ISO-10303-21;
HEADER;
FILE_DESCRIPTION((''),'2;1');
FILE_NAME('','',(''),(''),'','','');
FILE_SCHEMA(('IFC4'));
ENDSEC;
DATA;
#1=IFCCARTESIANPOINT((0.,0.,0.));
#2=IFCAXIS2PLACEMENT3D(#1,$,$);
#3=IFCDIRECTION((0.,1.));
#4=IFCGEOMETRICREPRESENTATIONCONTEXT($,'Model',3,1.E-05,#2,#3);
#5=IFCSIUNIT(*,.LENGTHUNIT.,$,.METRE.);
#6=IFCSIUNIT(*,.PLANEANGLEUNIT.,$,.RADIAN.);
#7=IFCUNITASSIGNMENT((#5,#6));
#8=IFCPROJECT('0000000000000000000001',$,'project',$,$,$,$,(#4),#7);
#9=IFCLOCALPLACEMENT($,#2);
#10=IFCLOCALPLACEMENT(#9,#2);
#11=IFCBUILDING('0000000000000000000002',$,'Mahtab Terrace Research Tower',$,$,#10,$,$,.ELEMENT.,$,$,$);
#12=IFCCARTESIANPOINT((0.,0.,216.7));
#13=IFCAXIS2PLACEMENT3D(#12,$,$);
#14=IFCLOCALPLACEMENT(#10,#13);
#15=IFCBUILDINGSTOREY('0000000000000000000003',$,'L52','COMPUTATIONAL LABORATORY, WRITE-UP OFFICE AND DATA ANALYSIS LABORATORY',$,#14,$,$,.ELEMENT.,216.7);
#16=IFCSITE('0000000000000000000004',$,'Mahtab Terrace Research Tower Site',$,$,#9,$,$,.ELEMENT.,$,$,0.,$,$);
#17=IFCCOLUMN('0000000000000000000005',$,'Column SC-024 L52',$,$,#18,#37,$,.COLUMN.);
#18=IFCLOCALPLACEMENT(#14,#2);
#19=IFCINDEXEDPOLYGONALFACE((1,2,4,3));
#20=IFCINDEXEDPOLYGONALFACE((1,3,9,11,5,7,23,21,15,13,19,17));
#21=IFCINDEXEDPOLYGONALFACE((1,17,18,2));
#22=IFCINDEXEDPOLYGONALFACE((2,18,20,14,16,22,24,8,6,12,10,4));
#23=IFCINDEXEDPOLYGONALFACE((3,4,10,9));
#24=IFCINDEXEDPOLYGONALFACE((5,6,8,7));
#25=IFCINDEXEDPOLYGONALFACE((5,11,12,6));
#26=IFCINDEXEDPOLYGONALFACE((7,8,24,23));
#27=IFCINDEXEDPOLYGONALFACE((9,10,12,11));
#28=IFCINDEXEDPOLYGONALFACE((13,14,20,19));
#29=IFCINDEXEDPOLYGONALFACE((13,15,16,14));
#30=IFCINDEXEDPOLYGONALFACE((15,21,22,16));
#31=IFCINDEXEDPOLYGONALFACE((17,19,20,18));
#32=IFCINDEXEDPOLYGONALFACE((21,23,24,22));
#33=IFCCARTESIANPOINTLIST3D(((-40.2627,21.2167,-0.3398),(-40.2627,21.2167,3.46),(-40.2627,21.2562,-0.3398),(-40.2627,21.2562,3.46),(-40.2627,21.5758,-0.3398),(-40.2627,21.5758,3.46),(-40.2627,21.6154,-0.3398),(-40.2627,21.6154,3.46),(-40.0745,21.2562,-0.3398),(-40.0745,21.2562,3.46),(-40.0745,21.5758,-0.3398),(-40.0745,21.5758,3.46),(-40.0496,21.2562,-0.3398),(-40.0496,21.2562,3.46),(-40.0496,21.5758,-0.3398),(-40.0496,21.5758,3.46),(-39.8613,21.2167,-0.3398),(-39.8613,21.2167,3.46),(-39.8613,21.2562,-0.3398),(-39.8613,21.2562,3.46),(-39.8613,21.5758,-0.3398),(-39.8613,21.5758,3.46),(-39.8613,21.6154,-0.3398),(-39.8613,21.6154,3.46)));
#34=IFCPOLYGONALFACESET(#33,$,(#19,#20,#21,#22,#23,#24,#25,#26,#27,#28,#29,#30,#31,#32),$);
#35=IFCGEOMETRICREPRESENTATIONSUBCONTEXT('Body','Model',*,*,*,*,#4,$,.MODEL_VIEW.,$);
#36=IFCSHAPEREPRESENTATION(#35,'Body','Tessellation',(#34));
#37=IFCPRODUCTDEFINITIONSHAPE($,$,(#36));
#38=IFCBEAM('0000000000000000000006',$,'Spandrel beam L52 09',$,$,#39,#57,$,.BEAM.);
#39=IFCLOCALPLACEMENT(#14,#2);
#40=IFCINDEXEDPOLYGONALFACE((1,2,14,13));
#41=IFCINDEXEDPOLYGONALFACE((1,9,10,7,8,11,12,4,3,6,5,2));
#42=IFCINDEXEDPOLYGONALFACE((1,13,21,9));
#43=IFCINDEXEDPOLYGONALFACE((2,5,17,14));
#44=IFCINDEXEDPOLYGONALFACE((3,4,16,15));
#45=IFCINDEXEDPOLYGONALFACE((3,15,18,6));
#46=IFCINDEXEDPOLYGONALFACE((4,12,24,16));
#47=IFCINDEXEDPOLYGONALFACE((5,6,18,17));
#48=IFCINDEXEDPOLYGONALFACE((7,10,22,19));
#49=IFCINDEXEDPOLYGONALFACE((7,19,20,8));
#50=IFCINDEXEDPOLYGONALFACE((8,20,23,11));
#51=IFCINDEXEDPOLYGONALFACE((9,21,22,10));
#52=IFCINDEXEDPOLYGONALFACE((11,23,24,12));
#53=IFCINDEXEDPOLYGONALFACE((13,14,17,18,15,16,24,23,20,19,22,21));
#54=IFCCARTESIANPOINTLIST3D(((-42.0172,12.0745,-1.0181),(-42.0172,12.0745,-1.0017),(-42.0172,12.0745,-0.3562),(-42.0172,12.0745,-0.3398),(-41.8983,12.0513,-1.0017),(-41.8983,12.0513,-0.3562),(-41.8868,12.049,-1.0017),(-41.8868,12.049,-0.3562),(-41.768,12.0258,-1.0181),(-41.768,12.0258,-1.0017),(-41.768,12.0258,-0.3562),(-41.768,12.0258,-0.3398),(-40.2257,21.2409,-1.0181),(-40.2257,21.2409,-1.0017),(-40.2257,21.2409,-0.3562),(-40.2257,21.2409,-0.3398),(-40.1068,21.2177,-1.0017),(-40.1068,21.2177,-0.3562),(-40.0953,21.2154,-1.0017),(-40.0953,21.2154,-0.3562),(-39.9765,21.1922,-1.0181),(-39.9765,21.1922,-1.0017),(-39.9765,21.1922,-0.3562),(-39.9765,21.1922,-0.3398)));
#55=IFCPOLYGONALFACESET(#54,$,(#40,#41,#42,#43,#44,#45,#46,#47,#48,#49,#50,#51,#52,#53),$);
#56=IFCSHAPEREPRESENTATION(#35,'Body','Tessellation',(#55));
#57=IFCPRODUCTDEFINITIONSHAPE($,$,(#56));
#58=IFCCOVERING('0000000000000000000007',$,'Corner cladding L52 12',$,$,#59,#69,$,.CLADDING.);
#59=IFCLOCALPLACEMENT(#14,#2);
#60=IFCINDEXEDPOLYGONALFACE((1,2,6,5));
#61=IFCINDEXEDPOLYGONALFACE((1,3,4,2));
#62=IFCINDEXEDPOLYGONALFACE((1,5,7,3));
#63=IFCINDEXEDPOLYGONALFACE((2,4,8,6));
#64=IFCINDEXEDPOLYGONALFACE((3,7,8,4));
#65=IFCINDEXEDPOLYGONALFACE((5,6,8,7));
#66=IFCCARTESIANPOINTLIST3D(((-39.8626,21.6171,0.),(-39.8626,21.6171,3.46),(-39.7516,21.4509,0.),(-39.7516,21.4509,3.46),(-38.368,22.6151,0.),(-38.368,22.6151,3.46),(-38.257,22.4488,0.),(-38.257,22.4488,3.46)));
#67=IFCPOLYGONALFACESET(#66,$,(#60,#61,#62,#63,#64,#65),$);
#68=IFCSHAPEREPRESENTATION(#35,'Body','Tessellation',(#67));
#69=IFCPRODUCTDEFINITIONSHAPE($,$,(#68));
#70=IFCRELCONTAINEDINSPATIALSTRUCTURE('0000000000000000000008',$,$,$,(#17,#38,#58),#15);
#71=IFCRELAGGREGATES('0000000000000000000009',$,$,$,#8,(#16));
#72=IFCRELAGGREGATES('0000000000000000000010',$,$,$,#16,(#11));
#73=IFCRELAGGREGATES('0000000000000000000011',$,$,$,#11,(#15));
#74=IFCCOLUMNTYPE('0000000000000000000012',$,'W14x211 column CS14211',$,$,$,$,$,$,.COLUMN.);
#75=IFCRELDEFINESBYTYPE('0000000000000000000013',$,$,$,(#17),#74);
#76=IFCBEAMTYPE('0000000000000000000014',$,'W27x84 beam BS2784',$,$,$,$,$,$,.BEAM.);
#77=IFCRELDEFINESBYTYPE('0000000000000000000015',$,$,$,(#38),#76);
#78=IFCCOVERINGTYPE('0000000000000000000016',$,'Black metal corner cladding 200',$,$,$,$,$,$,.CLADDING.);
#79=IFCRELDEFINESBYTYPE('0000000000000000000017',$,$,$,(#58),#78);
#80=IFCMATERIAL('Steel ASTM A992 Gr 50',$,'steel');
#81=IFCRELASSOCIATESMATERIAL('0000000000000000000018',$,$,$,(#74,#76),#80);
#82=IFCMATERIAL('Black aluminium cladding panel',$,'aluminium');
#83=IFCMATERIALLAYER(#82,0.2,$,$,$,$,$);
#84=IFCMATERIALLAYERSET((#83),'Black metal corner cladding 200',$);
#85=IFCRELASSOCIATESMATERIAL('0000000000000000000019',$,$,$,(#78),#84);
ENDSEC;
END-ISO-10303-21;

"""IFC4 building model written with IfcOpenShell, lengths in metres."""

from ifc_helpers import new_model, si_unit, direction, frame, origin, origin_2d, place, context, subcontext, project, spatial, rectangle, i_section, extrude, material, layer, layer_set, material_profile, profile_set, type_object, element, save


model = new_model("IFC4")

# Units and contexts
model_context = context("Model", 3, precision=1e-05, world=origin(), true_north=direction((0.0, 1.0)))
body_context = subcontext(model_context, "Body", "Model", "MODEL_VIEW")
ifc_project = project(units=[si_unit("LENGTHUNIT", "METRE"), si_unit("PLANEANGLEUNIT", "RADIAN")], contexts=[model_context])

# Site, building, storey
site_placement = place(None, origin())
site = spatial("IfcSite", under=ifc_project, at=site_placement, Name="Mahtab Terrace Research Tower Site", CompositionType="ELEMENT", RefElevation=0.0)
building_placement = place(site_placement, origin())
building = spatial("IfcBuilding", under=site, at=building_placement, Name="Mahtab Terrace Research Tower", CompositionType="ELEMENT")
storey_placement = place(building_placement, frame((0.0, 0.0, 216.7)))
storey = spatial("IfcBuildingStorey", under=building, at=storey_placement, Name="L52", Description="COMPUTATIONAL LABORATORY, WRITE-UP OFFICE AND DATA ANALYSIS LABORATORY", CompositionType="ELEMENT", Elevation=216.7)

# Column
ifc_material_1 = material(Name="Steel ASTM A992 Gr 50", Category="steel")
ifc_material_profile_1 = material_profile(ifc_material_1, i_section(OverallWidth=0.4014, OverallDepth=0.3987, WebThickness=0.0249, FlangeThickness=0.0396, at=origin_2d()), Name="W14X211")
ifc_profile_set_1 = profile_set([ifc_material_profile_1], Name="Steel ASTM A992 Gr 50")
column_type = type_object("IfcColumnType", Name="W14x211 column CS14211", PredefinedType="COLUMN", material=ifc_profile_set_1)
column_placement = place(storey_placement, frame((-40.062, 21.416, -0.3398), z_axis=(0.0, 0.0, 1.0), x_axis=(1.0, 0.0, 0.0)))
element("IfcColumn", 1, at=column_placement, inside=storey, type_object=column_type, Name="Column SC-024 L52", PredefinedType="COLUMN", context=body_context, shape_type="SweptSolid", body=[
    extrude(i_section(OverallWidth=0.4014, OverallDepth=0.3987, WebThickness=0.0249, FlangeThickness=0.0396, at=origin_2d()), origin(), (0.0, 0.0, 1.0), 3.7998),
])

# Beam
ifc_material_profile_2 = material_profile(ifc_material_1, i_section(OverallWidth=0.2539, OverallDepth=0.6782, WebThickness=0.0117, FlangeThickness=0.0164, at=origin_2d()), Name="W27X84")
ifc_profile_set_2 = profile_set([ifc_material_profile_2], Name="Steel ASTM A992 Gr 50")
beam_type = type_object("IfcBeamType", Name="W27x84 beam BS2784", PredefinedType="BEAM", material=ifc_profile_set_2)
beam_placement = place(storey_placement, frame((-40.1011, 21.2166, -0.679), z_axis=(-0.191811, -0.981432, 0.0), x_axis=(0.981432, -0.191811, 0.0)))
element("IfcBeam", 2, at=beam_placement, inside=storey, type_object=beam_type, Name="Spandrel beam L52 09", PredefinedType="BEAM", context=body_context, shape_type="SweptSolid", body=[
    extrude(i_section(OverallWidth=0.2539, OverallDepth=0.6782, WebThickness=0.0117, FlangeThickness=0.0164, at=origin_2d()), origin(), (0.0, 0.0, 1.0), 9.3398),
])

# Covering
ifc_material_2 = material(Name="Black aluminium cladding panel", Category="aluminium")
ifc_layer = layer(ifc_material_2, 0.2)
ifc_layer_set = layer_set([ifc_layer], Name="Black metal corner cladding 200")
covering_type = type_object("IfcCoveringType", Name="Black metal corner cladding 200", PredefinedType="CLADDING", material=ifc_layer_set)
covering_placement = place(storey_placement, frame((-39.0598, 22.033, 0.0), z_axis=(0.0, 0.0, 1.0), x_axis=(-0.831656, -0.555291, 0.0)))
element("IfcCovering", 3, at=covering_placement, inside=storey, type_object=covering_type, Name="Corner cladding L52 12", PredefinedType="CLADDING", context=body_context, shape_type="SweptSolid", body=[
    extrude(rectangle(XDim=1.7971, YDim=0.2, at=origin_2d()), origin(), (0.0, 0.0, 1.0), 3.46),
])

save(model, "model.ifc")
